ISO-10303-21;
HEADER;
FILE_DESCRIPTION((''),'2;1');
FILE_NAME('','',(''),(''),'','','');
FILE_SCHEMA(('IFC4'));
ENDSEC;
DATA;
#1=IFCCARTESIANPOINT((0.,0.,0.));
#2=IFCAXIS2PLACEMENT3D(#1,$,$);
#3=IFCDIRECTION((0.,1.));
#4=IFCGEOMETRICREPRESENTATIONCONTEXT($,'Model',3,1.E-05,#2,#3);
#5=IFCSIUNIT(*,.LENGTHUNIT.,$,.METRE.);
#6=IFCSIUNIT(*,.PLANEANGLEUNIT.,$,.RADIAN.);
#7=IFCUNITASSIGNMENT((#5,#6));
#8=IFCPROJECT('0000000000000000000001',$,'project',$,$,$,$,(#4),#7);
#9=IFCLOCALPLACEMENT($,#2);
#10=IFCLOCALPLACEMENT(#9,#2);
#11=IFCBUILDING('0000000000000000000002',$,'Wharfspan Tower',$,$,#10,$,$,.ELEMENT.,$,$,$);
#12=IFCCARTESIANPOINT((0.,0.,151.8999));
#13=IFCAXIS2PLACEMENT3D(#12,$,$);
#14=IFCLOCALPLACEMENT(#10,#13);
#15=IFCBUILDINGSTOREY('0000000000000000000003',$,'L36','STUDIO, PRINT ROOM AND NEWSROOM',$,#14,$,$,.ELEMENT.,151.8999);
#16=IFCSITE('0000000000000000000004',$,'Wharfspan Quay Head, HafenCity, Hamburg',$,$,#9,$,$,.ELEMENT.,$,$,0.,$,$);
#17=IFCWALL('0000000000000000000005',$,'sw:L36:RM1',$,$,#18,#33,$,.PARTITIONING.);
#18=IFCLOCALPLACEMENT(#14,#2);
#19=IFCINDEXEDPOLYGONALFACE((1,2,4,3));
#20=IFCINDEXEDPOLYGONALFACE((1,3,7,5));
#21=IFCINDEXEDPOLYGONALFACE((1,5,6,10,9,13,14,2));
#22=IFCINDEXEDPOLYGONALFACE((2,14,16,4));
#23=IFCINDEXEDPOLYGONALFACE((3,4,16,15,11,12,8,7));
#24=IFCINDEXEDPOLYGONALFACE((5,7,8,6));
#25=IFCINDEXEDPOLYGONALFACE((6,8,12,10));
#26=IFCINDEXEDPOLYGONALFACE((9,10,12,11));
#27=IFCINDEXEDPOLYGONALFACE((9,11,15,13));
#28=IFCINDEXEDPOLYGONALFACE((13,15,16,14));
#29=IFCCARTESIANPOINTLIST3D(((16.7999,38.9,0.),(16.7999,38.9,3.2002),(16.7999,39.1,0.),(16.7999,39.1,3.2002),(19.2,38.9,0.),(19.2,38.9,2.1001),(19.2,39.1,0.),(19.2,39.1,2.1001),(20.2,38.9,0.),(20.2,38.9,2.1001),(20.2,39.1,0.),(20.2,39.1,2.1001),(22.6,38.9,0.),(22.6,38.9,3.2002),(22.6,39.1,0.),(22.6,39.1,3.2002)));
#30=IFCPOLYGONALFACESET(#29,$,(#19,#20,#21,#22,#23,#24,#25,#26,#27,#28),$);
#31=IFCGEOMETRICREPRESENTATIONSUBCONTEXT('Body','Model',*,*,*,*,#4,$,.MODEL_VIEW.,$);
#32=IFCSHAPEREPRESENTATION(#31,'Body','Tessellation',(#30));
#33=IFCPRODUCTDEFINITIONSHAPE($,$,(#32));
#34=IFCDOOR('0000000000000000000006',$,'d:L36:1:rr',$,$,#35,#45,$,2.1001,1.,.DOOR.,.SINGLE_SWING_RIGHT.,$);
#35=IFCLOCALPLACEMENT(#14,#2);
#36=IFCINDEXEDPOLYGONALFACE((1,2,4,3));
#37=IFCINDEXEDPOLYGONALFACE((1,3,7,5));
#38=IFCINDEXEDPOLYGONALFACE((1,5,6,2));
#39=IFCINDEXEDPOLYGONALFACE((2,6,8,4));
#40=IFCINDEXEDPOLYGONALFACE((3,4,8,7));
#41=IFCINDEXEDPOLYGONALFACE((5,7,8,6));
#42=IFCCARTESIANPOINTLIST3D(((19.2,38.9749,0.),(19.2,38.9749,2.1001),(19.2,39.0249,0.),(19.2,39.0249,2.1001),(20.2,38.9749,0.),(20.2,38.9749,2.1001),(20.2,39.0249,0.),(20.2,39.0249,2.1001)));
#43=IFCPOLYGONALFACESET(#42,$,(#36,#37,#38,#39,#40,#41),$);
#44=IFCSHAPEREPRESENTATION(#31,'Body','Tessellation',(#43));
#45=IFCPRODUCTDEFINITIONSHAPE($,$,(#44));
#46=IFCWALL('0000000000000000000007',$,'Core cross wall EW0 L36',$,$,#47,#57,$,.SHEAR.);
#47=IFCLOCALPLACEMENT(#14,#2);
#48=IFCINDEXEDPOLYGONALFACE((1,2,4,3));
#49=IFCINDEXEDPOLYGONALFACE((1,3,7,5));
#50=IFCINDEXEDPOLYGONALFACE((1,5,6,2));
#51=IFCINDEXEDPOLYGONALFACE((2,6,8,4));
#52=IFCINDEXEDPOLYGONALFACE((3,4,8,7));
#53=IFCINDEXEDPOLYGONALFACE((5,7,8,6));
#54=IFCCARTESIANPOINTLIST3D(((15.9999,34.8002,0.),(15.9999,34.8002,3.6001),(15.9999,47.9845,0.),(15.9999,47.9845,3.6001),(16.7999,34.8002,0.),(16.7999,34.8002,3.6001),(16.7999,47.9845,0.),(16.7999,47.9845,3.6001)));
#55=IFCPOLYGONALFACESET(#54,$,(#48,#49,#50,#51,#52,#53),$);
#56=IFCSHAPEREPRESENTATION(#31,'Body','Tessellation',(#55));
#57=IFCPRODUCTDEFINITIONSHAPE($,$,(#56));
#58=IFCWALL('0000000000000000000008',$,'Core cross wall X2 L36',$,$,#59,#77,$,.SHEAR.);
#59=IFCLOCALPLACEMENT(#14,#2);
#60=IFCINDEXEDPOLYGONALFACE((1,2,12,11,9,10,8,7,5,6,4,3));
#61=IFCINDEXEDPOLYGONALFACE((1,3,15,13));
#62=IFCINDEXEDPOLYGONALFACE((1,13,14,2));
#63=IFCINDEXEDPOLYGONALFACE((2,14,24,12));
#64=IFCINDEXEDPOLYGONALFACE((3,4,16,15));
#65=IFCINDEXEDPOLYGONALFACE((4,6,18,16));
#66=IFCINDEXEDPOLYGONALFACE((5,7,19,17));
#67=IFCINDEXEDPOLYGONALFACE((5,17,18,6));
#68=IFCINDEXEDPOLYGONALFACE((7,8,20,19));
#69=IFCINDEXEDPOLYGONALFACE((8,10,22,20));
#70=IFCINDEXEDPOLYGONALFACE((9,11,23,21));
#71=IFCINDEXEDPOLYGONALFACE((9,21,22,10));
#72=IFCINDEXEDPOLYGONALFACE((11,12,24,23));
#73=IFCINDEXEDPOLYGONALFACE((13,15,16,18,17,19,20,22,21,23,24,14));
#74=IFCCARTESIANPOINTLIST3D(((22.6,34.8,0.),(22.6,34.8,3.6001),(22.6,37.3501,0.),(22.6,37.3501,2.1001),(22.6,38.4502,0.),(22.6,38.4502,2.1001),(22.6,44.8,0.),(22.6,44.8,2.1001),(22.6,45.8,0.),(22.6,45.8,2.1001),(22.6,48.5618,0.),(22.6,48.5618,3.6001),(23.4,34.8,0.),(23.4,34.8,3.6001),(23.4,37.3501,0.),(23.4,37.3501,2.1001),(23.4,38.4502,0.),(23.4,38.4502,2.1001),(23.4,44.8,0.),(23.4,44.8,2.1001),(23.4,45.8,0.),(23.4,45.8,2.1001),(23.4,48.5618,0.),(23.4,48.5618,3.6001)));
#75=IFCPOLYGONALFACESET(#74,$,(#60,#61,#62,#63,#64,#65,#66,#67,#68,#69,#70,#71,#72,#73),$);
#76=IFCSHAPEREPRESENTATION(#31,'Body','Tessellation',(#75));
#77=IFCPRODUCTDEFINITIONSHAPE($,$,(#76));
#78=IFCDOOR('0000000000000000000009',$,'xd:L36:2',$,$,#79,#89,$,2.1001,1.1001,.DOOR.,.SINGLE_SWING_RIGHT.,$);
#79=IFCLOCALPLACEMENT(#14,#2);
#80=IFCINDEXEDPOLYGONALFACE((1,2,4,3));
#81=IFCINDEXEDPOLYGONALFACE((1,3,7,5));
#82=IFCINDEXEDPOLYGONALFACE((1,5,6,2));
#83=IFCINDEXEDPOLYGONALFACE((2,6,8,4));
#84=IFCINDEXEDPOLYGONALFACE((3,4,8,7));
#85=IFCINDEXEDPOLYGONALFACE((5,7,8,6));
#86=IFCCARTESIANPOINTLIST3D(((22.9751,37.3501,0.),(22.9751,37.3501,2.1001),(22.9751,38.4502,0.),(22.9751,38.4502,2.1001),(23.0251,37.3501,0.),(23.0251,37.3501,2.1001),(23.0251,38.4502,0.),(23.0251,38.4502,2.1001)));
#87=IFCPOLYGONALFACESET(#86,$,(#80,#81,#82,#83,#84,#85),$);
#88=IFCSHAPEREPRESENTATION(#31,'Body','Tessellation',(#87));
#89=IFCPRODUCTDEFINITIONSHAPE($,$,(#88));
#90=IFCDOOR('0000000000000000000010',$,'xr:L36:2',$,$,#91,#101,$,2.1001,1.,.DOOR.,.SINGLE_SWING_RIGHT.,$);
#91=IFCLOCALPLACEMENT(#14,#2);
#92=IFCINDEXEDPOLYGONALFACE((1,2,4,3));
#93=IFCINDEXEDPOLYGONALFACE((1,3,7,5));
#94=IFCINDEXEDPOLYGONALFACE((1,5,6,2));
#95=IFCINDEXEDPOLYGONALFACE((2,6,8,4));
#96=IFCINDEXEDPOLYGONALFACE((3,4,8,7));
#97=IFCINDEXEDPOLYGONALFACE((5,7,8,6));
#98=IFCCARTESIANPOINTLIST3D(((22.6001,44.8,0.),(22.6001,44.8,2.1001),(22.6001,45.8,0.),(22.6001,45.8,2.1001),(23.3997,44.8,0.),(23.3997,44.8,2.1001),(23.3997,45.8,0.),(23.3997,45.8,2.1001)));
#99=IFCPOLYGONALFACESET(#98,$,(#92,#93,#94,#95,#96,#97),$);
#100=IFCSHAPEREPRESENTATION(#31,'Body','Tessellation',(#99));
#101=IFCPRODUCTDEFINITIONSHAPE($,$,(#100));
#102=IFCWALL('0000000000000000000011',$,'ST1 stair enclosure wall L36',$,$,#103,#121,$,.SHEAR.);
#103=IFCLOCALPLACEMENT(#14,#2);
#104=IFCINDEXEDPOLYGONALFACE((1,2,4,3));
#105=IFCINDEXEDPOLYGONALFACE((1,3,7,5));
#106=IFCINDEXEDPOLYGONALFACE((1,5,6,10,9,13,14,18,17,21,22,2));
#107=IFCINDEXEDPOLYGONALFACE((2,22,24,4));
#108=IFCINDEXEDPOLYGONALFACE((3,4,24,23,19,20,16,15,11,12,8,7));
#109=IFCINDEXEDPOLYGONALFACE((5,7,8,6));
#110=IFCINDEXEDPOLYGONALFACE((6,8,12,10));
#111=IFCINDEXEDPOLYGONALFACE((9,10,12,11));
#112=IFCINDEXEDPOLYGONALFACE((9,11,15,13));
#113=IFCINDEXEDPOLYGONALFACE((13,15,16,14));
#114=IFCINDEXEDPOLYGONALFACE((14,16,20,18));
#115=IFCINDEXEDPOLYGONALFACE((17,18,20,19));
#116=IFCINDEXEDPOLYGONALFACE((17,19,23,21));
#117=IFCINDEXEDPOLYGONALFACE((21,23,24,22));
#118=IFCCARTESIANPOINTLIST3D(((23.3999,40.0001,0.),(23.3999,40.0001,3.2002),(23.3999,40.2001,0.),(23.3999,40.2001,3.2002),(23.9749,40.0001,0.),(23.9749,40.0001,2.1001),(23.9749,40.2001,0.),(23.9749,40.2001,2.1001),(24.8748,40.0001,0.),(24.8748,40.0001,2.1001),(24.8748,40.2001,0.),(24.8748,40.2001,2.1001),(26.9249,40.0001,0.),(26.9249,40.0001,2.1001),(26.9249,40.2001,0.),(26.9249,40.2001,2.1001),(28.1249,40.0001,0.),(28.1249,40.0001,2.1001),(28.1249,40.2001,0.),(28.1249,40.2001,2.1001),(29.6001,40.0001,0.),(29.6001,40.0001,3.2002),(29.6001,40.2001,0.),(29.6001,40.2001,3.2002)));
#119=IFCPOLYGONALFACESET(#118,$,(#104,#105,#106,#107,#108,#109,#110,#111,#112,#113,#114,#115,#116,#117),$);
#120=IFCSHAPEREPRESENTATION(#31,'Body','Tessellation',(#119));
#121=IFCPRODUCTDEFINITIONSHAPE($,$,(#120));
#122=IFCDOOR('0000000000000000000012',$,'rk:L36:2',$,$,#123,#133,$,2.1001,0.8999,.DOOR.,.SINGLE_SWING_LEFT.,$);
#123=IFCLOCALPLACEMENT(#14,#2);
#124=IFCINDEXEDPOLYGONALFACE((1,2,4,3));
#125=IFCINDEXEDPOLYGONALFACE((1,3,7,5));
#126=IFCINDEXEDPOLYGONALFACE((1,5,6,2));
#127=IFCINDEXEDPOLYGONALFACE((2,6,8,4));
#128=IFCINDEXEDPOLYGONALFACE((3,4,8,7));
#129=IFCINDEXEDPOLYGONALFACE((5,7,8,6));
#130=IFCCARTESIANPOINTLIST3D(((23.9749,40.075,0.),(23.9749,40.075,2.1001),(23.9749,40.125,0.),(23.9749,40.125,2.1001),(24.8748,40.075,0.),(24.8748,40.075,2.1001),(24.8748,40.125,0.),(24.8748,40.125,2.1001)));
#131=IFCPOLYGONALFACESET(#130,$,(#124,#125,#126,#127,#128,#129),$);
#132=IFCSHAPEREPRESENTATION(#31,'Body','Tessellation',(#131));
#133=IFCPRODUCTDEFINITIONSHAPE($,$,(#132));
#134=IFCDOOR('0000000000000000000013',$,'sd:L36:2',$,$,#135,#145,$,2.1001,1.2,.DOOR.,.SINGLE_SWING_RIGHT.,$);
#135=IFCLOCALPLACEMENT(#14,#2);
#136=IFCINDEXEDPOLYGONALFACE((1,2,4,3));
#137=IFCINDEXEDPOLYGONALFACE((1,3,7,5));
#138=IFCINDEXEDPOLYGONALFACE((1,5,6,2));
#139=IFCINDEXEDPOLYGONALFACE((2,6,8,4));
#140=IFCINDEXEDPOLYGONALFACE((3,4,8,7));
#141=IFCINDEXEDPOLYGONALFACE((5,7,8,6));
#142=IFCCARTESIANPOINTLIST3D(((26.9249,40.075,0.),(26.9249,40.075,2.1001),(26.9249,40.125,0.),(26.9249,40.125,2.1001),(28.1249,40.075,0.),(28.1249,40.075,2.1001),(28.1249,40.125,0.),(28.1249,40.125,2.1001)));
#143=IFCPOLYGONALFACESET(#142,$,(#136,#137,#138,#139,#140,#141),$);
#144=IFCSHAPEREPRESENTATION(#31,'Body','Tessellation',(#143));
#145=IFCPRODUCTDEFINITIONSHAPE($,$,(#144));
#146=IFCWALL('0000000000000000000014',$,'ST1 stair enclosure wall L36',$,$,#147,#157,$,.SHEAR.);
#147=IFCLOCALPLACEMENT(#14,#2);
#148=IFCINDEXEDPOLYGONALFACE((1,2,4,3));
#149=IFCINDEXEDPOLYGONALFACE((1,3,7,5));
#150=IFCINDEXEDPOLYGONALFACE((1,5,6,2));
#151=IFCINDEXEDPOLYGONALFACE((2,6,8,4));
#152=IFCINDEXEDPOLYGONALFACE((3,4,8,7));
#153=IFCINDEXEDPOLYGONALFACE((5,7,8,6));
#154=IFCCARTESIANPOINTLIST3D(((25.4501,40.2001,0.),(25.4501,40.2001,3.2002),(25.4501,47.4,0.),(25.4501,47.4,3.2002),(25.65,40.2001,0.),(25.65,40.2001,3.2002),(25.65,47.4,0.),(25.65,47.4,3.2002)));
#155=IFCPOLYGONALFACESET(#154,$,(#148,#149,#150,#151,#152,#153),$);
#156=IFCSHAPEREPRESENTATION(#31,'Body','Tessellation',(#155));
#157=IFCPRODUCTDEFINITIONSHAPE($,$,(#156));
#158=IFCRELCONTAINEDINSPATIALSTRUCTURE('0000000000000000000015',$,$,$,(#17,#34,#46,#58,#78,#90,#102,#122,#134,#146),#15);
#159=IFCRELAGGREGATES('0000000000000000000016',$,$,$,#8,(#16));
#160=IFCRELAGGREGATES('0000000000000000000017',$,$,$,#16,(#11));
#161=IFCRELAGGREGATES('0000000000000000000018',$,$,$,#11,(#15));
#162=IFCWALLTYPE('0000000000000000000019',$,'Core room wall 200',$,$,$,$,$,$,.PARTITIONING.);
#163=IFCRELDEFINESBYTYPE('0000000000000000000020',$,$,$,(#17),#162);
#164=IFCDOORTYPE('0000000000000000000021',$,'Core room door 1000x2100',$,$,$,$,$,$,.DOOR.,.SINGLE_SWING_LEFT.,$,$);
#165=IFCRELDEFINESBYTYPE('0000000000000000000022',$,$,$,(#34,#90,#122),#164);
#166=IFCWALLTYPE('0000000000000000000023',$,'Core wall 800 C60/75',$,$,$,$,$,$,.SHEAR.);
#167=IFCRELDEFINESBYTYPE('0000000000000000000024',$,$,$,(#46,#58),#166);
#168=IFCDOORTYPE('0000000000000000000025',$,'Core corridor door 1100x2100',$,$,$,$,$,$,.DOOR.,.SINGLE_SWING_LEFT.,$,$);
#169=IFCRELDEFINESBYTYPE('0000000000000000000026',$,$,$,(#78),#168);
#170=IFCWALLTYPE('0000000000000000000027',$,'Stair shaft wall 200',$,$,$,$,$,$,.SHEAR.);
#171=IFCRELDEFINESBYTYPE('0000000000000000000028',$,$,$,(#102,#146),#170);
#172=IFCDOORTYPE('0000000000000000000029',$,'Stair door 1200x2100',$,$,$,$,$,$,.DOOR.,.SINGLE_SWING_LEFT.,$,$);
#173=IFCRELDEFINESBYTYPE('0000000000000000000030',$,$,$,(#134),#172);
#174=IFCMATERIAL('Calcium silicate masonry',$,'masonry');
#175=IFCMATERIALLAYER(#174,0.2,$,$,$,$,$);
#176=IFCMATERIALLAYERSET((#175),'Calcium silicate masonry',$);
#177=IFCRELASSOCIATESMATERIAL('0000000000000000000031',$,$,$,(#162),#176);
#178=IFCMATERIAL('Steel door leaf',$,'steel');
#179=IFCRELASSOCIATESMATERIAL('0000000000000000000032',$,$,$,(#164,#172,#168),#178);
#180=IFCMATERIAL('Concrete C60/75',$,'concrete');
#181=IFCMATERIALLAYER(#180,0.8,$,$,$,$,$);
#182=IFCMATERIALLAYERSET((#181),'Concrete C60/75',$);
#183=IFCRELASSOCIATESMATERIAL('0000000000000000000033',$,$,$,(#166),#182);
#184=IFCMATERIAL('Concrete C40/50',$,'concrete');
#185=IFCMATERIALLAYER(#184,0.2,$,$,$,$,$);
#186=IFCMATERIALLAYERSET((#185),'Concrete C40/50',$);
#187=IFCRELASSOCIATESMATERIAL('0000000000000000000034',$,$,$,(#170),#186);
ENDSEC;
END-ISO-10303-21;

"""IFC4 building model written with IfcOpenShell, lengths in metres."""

from ifc_helpers import new_model, si_unit, direction, frame, frame_2d, origin, place, context, subcontext, project, spatial, rectangle, extrude, material, layer, layer_set, type_object, element, fill, save


model = new_model("IFC4")

# Units and contexts
model_context = context("Model", 3, precision=1e-05, world=origin(), true_north=direction((0.0, 1.0)))
body_context = subcontext(model_context, "Body", "Model", "MODEL_VIEW")
ifc_project = project(units=[si_unit("LENGTHUNIT", "METRE"), si_unit("PLANEANGLEUNIT", "RADIAN")], contexts=[model_context])

# Site, building, storey
site_placement = place(None, origin())
site = spatial("IfcSite", under=ifc_project, at=site_placement, Name="Wharfspan Quay Head, HafenCity, Hamburg", CompositionType="ELEMENT", RefElevation=0.0)
building_placement = place(site_placement, origin())
building = spatial("IfcBuilding", under=site, at=building_placement, Name="Wharfspan Tower", CompositionType="ELEMENT")
storey_placement = place(building_placement, frame((0.0, 0.0, 151.8999)))
storey = spatial("IfcBuildingStorey", under=building, at=storey_placement, Name="L36", Description="STUDIO, PRINT ROOM AND NEWSROOM", CompositionType="ELEMENT", Elevation=151.8999)

# Wall, opening, door
ifc_material_1 = material(Name="Calcium silicate masonry", Category="masonry")
ifc_layer_1 = layer(ifc_material_1, 0.2)
ifc_layer_set_1 = layer_set([ifc_layer_1], Name="Calcium silicate masonry")
wall_type_1 = type_object("IfcWallType", Name="Core room wall 200", PredefinedType="PARTITIONING", material=ifc_layer_set_1)
wall_1_placement = place(storey_placement, frame((16.8, 39.0, 0.0), z_axis=(0.0, 0.0, 1.0), x_axis=(1.0, 0.0, 0.0)))
wall_1 = element("IfcWall", 1, at=wall_1_placement, inside=storey, type_object=wall_type_1, Name="sw:L36:RM1", PredefinedType="PARTITIONING", context=body_context, shape_type="SweptSolid", body=[
    extrude(rectangle(XDim=5.8, YDim=0.2, at=frame_2d((2.8999, 0.0))), origin(), (0.0, 0.0, 1.0), 3.2002),
])
opening_1_placement = place(wall_1_placement, frame((2.3999, 0.0, 0.0)))
opening_1 = element("IfcOpeningElement", 2, at=opening_1_placement, cuts=wall_1, PredefinedType="OPENING", context=body_context, shape_type="SweptSolid", body=[
    extrude(rectangle(XDim=1.0, YDim=2.1001, at=frame_2d((0.5, 1.05))), frame((0.0, 0.1099, 0.0), z_axis=(0.0, -1.0, 0.0), x_axis=(1.0, 0.0, 0.0)), (0.0, 0.0, 1.0), 0.22),
])
ifc_material_2 = material(Name="Steel door leaf", Category="steel")
door_type_1 = type_object("IfcDoorType", Name="Core room door 1000x2100", OperationType="SINGLE_SWING_LEFT", PredefinedType="DOOR", material=ifc_material_2)
door_1_placement = place(opening_1_placement, origin())
door_1 = element("IfcDoor", 3, at=door_1_placement, inside=storey, type_object=door_type_1, Name="d:L36:1:rr", OperationType="SINGLE_SWING_RIGHT", OverallHeight=2.1001, OverallWidth=1.0, PredefinedType="DOOR", context=body_context, shape_type="SweptSolid", body=[
    extrude(rectangle(XDim=1.0, YDim=2.1001, at=frame_2d((0.5, 1.05))), frame((0.0, 0.0249, 0.0), z_axis=(0.0, -1.0, 0.0), x_axis=(1.0, 0.0, 0.0)), (0.0, 0.0, 1.0), 0.05),
])
fill(opening_1, door_1)

# Shared definitions
ifc_material_3 = material(Name="Concrete C60/75", Category="concrete")
ifc_layer_2 = layer(ifc_material_3, 0.8)
ifc_layer_set_2 = layer_set([ifc_layer_2], Name="Concrete C60/75")
wall_type_2 = type_object("IfcWallType", Name="Core wall 800 C60/75", PredefinedType="SHEAR", material=ifc_layer_set_2)
door_type_2 = type_object("IfcDoorType", Name="Stair door 1200x2100", OperationType="SINGLE_SWING_LEFT", PredefinedType="DOOR", material=ifc_material_2)

# Wall
wall_2_placement = place(storey_placement, frame((16.3999, 34.8, 0.0), z_axis=(0.0, 0.0, 1.0), x_axis=(0.0, 1.0, 0.0)))
element("IfcWall", 4, at=wall_2_placement, inside=storey, type_object=wall_type_2, Name="Core cross wall EW0 L36", PredefinedType="SHEAR", context=body_context, shape_type="SweptSolid", body=[
    extrude(rectangle(XDim=13.1843, YDim=0.8, at=frame_2d((6.5923, 0.0))), origin(), (0.0, 0.0, 1.0), 3.6001),
])

# Walls, openings, doors
wall_3_placement = place(storey_placement, frame((23.0, 34.8, 0.0), z_axis=(0.0, 0.0, 1.0), x_axis=(0.0, 1.0, 0.0)))
wall_3 = element("IfcWall", 5, at=wall_3_placement, inside=storey, type_object=wall_type_2, Name="Core cross wall X2 L36", PredefinedType="SHEAR", context=body_context, shape_type="SweptSolid", body=[
    extrude(rectangle(XDim=13.7617, YDim=0.8, at=frame_2d((6.8809, 0.0))), origin(), (0.0, 0.0, 1.0), 3.6001),
])
opening_2_placement = place(wall_3_placement, frame((2.55, 0.0, 0.0)))
opening_2 = element("IfcOpeningElement", 6, at=opening_2_placement, cuts=wall_3, PredefinedType="OPENING", context=body_context, shape_type="SweptSolid", body=[
    extrude(rectangle(XDim=1.1001, YDim=2.1001, at=frame_2d((0.55, 1.05))), frame((0.0, 0.4099, 0.0), z_axis=(0.0, -1.0, 0.0), x_axis=(1.0, 0.0, 0.0)), (0.0, 0.0, 1.0), 0.8201),
])
opening_3_placement = place(wall_3_placement, frame((10.0, 0.0, 0.0)))
opening_3 = element("IfcOpeningElement", 7, at=opening_3_placement, cuts=wall_3, PredefinedType="OPENING", context=body_context, shape_type="SweptSolid", body=[
    extrude(rectangle(XDim=1.0, YDim=2.1001, at=frame_2d((0.5, 1.05))), frame((0.0, 0.4099, 0.0), z_axis=(0.0, -1.0, 0.0), x_axis=(1.0, 0.0, 0.0)), (0.0, 0.0, 1.0), 0.8201),
])
door_type_3 = type_object("IfcDoorType", Name="Core corridor door 1100x2100", OperationType="SINGLE_SWING_LEFT", PredefinedType="DOOR", material=ifc_material_2)
door_2_placement = place(opening_2_placement, origin())
door_2 = element("IfcDoor", 8, at=door_2_placement, inside=storey, type_object=door_type_3, Name="xd:L36:2", OperationType="SINGLE_SWING_RIGHT", OverallHeight=2.1001, OverallWidth=1.1001, PredefinedType="DOOR", context=body_context, shape_type="SweptSolid", body=[
    extrude(rectangle(XDim=1.1001, YDim=2.1001, at=frame_2d((0.55, 1.05))), frame((0.0, 0.0249, 0.0), z_axis=(0.0, -1.0, 0.0), x_axis=(1.0, 0.0, 0.0)), (0.0, 0.0, 1.0), 0.05),
])
fill(opening_2, door_2)
door_3_placement = place(opening_3_placement, origin())
door_3 = element("IfcDoor", 9, at=door_3_placement, inside=storey, type_object=door_type_1, Name="xr:L36:2", OperationType="SINGLE_SWING_RIGHT", OverallHeight=2.1001, OverallWidth=1.0, PredefinedType="DOOR", context=body_context, shape_type="SweptSolid", body=[
    extrude(rectangle(XDim=1.0, YDim=2.1001, at=frame_2d((0.5, 1.05))), frame((0.0, 0.3999, 0.0), z_axis=(0.0, -1.0, 0.0), x_axis=(1.0, 0.0, 0.0)), (0.0, 0.0, 1.0), 0.7996),
])
fill(opening_3, door_3)
ifc_material_4 = material(Name="Concrete C40/50", Category="concrete")
ifc_layer_3 = layer(ifc_material_4, 0.2)
ifc_layer_set_3 = layer_set([ifc_layer_3], Name="Concrete C40/50")
wall_type_3 = type_object("IfcWallType", Name="Stair shaft wall 200", PredefinedType="SHEAR", material=ifc_layer_set_3)
wall_4_placement = place(storey_placement, frame((23.3999, 40.1001, 0.0), z_axis=(0.0, 0.0, 1.0), x_axis=(1.0, 0.0, 0.0)))
wall_4 = element("IfcWall", 10, at=wall_4_placement, inside=storey, type_object=wall_type_3, Name="ST1 stair enclosure wall L36", PredefinedType="SHEAR", context=body_context, shape_type="SweptSolid", body=[
    extrude(rectangle(XDim=6.2002, YDim=0.2, at=frame_2d((3.1001, 0.0))), origin(), (0.0, 0.0, 1.0), 3.2002),
])
opening_4_placement = place(wall_4_placement, frame((3.5249, 0.0, 0.0)))
opening_4 = element("IfcOpeningElement", 11, at=opening_4_placement, cuts=wall_4, PredefinedType="OPENING", context=body_context, shape_type="SweptSolid", body=[
    extrude(rectangle(XDim=1.2, YDim=2.1001, at=frame_2d((0.6001, 1.05))), frame((0.0, 0.1099, 0.0), z_axis=(0.0, -1.0, 0.0), x_axis=(1.0, 0.0, 0.0)), (0.0, 0.0, 1.0), 0.22),
])
opening_5_placement = place(wall_4_placement, frame((0.575, 0.0, 0.0)))
opening_5 = element("IfcOpeningElement", 12, at=opening_5_placement, cuts=wall_4, PredefinedType="OPENING", context=body_context, shape_type="SweptSolid", body=[
    extrude(rectangle(XDim=0.8999, YDim=2.1001, at=frame_2d((0.45, 1.05))), frame((0.0, 0.1099, 0.0), z_axis=(0.0, -1.0, 0.0), x_axis=(1.0, 0.0, 0.0)), (0.0, 0.0, 1.0), 0.22),
])
door_4_placement = place(opening_5_placement, origin())
door_4 = element("IfcDoor", 13, at=door_4_placement, inside=storey, type_object=door_type_1, Name="rk:L36:2", OperationType="SINGLE_SWING_LEFT", OverallHeight=2.1001, OverallWidth=0.8999, PredefinedType="DOOR", context=body_context, shape_type="SweptSolid", body=[
    extrude(rectangle(XDim=0.8999, YDim=2.1001, at=frame_2d((0.45, 1.05))), frame((0.0, 0.0249, 0.0), z_axis=(0.0, -1.0, 0.0), x_axis=(1.0, 0.0, 0.0)), (0.0, 0.0, 1.0), 0.05),
])
fill(opening_5, door_4)
door_5_placement = place(opening_4_placement, origin())
door_5 = element("IfcDoor", 14, at=door_5_placement, inside=storey, type_object=door_type_2, Name="sd:L36:2", OperationType="SINGLE_SWING_RIGHT", OverallHeight=2.1001, OverallWidth=1.2, PredefinedType="DOOR", context=body_context, shape_type="SweptSolid", body=[
    extrude(rectangle(XDim=1.2, YDim=2.1001, at=frame_2d((0.6001, 1.05))), frame((0.0, 0.0249, 0.0), z_axis=(0.0, -1.0, 0.0), x_axis=(1.0, 0.0, 0.0)), (0.0, 0.0, 1.0), 0.05),
])
fill(opening_4, door_5)

# Wall
wall_5_placement = place(storey_placement, frame((25.55, 40.2, 0.0), z_axis=(0.0, 0.0, 1.0), x_axis=(0.0, 1.0, 0.0)))
element("IfcWall", 15, at=wall_5_placement, inside=storey, type_object=wall_type_3, Name="ST1 stair enclosure wall L36", PredefinedType="SHEAR", context=body_context, shape_type="SweptSolid", body=[
    extrude(rectangle(XDim=7.2, YDim=0.2, at=frame_2d((3.6001, 0.0))), origin(), (0.0, 0.0, 1.0), 3.2002),
])

save(model, "model.ifc")
